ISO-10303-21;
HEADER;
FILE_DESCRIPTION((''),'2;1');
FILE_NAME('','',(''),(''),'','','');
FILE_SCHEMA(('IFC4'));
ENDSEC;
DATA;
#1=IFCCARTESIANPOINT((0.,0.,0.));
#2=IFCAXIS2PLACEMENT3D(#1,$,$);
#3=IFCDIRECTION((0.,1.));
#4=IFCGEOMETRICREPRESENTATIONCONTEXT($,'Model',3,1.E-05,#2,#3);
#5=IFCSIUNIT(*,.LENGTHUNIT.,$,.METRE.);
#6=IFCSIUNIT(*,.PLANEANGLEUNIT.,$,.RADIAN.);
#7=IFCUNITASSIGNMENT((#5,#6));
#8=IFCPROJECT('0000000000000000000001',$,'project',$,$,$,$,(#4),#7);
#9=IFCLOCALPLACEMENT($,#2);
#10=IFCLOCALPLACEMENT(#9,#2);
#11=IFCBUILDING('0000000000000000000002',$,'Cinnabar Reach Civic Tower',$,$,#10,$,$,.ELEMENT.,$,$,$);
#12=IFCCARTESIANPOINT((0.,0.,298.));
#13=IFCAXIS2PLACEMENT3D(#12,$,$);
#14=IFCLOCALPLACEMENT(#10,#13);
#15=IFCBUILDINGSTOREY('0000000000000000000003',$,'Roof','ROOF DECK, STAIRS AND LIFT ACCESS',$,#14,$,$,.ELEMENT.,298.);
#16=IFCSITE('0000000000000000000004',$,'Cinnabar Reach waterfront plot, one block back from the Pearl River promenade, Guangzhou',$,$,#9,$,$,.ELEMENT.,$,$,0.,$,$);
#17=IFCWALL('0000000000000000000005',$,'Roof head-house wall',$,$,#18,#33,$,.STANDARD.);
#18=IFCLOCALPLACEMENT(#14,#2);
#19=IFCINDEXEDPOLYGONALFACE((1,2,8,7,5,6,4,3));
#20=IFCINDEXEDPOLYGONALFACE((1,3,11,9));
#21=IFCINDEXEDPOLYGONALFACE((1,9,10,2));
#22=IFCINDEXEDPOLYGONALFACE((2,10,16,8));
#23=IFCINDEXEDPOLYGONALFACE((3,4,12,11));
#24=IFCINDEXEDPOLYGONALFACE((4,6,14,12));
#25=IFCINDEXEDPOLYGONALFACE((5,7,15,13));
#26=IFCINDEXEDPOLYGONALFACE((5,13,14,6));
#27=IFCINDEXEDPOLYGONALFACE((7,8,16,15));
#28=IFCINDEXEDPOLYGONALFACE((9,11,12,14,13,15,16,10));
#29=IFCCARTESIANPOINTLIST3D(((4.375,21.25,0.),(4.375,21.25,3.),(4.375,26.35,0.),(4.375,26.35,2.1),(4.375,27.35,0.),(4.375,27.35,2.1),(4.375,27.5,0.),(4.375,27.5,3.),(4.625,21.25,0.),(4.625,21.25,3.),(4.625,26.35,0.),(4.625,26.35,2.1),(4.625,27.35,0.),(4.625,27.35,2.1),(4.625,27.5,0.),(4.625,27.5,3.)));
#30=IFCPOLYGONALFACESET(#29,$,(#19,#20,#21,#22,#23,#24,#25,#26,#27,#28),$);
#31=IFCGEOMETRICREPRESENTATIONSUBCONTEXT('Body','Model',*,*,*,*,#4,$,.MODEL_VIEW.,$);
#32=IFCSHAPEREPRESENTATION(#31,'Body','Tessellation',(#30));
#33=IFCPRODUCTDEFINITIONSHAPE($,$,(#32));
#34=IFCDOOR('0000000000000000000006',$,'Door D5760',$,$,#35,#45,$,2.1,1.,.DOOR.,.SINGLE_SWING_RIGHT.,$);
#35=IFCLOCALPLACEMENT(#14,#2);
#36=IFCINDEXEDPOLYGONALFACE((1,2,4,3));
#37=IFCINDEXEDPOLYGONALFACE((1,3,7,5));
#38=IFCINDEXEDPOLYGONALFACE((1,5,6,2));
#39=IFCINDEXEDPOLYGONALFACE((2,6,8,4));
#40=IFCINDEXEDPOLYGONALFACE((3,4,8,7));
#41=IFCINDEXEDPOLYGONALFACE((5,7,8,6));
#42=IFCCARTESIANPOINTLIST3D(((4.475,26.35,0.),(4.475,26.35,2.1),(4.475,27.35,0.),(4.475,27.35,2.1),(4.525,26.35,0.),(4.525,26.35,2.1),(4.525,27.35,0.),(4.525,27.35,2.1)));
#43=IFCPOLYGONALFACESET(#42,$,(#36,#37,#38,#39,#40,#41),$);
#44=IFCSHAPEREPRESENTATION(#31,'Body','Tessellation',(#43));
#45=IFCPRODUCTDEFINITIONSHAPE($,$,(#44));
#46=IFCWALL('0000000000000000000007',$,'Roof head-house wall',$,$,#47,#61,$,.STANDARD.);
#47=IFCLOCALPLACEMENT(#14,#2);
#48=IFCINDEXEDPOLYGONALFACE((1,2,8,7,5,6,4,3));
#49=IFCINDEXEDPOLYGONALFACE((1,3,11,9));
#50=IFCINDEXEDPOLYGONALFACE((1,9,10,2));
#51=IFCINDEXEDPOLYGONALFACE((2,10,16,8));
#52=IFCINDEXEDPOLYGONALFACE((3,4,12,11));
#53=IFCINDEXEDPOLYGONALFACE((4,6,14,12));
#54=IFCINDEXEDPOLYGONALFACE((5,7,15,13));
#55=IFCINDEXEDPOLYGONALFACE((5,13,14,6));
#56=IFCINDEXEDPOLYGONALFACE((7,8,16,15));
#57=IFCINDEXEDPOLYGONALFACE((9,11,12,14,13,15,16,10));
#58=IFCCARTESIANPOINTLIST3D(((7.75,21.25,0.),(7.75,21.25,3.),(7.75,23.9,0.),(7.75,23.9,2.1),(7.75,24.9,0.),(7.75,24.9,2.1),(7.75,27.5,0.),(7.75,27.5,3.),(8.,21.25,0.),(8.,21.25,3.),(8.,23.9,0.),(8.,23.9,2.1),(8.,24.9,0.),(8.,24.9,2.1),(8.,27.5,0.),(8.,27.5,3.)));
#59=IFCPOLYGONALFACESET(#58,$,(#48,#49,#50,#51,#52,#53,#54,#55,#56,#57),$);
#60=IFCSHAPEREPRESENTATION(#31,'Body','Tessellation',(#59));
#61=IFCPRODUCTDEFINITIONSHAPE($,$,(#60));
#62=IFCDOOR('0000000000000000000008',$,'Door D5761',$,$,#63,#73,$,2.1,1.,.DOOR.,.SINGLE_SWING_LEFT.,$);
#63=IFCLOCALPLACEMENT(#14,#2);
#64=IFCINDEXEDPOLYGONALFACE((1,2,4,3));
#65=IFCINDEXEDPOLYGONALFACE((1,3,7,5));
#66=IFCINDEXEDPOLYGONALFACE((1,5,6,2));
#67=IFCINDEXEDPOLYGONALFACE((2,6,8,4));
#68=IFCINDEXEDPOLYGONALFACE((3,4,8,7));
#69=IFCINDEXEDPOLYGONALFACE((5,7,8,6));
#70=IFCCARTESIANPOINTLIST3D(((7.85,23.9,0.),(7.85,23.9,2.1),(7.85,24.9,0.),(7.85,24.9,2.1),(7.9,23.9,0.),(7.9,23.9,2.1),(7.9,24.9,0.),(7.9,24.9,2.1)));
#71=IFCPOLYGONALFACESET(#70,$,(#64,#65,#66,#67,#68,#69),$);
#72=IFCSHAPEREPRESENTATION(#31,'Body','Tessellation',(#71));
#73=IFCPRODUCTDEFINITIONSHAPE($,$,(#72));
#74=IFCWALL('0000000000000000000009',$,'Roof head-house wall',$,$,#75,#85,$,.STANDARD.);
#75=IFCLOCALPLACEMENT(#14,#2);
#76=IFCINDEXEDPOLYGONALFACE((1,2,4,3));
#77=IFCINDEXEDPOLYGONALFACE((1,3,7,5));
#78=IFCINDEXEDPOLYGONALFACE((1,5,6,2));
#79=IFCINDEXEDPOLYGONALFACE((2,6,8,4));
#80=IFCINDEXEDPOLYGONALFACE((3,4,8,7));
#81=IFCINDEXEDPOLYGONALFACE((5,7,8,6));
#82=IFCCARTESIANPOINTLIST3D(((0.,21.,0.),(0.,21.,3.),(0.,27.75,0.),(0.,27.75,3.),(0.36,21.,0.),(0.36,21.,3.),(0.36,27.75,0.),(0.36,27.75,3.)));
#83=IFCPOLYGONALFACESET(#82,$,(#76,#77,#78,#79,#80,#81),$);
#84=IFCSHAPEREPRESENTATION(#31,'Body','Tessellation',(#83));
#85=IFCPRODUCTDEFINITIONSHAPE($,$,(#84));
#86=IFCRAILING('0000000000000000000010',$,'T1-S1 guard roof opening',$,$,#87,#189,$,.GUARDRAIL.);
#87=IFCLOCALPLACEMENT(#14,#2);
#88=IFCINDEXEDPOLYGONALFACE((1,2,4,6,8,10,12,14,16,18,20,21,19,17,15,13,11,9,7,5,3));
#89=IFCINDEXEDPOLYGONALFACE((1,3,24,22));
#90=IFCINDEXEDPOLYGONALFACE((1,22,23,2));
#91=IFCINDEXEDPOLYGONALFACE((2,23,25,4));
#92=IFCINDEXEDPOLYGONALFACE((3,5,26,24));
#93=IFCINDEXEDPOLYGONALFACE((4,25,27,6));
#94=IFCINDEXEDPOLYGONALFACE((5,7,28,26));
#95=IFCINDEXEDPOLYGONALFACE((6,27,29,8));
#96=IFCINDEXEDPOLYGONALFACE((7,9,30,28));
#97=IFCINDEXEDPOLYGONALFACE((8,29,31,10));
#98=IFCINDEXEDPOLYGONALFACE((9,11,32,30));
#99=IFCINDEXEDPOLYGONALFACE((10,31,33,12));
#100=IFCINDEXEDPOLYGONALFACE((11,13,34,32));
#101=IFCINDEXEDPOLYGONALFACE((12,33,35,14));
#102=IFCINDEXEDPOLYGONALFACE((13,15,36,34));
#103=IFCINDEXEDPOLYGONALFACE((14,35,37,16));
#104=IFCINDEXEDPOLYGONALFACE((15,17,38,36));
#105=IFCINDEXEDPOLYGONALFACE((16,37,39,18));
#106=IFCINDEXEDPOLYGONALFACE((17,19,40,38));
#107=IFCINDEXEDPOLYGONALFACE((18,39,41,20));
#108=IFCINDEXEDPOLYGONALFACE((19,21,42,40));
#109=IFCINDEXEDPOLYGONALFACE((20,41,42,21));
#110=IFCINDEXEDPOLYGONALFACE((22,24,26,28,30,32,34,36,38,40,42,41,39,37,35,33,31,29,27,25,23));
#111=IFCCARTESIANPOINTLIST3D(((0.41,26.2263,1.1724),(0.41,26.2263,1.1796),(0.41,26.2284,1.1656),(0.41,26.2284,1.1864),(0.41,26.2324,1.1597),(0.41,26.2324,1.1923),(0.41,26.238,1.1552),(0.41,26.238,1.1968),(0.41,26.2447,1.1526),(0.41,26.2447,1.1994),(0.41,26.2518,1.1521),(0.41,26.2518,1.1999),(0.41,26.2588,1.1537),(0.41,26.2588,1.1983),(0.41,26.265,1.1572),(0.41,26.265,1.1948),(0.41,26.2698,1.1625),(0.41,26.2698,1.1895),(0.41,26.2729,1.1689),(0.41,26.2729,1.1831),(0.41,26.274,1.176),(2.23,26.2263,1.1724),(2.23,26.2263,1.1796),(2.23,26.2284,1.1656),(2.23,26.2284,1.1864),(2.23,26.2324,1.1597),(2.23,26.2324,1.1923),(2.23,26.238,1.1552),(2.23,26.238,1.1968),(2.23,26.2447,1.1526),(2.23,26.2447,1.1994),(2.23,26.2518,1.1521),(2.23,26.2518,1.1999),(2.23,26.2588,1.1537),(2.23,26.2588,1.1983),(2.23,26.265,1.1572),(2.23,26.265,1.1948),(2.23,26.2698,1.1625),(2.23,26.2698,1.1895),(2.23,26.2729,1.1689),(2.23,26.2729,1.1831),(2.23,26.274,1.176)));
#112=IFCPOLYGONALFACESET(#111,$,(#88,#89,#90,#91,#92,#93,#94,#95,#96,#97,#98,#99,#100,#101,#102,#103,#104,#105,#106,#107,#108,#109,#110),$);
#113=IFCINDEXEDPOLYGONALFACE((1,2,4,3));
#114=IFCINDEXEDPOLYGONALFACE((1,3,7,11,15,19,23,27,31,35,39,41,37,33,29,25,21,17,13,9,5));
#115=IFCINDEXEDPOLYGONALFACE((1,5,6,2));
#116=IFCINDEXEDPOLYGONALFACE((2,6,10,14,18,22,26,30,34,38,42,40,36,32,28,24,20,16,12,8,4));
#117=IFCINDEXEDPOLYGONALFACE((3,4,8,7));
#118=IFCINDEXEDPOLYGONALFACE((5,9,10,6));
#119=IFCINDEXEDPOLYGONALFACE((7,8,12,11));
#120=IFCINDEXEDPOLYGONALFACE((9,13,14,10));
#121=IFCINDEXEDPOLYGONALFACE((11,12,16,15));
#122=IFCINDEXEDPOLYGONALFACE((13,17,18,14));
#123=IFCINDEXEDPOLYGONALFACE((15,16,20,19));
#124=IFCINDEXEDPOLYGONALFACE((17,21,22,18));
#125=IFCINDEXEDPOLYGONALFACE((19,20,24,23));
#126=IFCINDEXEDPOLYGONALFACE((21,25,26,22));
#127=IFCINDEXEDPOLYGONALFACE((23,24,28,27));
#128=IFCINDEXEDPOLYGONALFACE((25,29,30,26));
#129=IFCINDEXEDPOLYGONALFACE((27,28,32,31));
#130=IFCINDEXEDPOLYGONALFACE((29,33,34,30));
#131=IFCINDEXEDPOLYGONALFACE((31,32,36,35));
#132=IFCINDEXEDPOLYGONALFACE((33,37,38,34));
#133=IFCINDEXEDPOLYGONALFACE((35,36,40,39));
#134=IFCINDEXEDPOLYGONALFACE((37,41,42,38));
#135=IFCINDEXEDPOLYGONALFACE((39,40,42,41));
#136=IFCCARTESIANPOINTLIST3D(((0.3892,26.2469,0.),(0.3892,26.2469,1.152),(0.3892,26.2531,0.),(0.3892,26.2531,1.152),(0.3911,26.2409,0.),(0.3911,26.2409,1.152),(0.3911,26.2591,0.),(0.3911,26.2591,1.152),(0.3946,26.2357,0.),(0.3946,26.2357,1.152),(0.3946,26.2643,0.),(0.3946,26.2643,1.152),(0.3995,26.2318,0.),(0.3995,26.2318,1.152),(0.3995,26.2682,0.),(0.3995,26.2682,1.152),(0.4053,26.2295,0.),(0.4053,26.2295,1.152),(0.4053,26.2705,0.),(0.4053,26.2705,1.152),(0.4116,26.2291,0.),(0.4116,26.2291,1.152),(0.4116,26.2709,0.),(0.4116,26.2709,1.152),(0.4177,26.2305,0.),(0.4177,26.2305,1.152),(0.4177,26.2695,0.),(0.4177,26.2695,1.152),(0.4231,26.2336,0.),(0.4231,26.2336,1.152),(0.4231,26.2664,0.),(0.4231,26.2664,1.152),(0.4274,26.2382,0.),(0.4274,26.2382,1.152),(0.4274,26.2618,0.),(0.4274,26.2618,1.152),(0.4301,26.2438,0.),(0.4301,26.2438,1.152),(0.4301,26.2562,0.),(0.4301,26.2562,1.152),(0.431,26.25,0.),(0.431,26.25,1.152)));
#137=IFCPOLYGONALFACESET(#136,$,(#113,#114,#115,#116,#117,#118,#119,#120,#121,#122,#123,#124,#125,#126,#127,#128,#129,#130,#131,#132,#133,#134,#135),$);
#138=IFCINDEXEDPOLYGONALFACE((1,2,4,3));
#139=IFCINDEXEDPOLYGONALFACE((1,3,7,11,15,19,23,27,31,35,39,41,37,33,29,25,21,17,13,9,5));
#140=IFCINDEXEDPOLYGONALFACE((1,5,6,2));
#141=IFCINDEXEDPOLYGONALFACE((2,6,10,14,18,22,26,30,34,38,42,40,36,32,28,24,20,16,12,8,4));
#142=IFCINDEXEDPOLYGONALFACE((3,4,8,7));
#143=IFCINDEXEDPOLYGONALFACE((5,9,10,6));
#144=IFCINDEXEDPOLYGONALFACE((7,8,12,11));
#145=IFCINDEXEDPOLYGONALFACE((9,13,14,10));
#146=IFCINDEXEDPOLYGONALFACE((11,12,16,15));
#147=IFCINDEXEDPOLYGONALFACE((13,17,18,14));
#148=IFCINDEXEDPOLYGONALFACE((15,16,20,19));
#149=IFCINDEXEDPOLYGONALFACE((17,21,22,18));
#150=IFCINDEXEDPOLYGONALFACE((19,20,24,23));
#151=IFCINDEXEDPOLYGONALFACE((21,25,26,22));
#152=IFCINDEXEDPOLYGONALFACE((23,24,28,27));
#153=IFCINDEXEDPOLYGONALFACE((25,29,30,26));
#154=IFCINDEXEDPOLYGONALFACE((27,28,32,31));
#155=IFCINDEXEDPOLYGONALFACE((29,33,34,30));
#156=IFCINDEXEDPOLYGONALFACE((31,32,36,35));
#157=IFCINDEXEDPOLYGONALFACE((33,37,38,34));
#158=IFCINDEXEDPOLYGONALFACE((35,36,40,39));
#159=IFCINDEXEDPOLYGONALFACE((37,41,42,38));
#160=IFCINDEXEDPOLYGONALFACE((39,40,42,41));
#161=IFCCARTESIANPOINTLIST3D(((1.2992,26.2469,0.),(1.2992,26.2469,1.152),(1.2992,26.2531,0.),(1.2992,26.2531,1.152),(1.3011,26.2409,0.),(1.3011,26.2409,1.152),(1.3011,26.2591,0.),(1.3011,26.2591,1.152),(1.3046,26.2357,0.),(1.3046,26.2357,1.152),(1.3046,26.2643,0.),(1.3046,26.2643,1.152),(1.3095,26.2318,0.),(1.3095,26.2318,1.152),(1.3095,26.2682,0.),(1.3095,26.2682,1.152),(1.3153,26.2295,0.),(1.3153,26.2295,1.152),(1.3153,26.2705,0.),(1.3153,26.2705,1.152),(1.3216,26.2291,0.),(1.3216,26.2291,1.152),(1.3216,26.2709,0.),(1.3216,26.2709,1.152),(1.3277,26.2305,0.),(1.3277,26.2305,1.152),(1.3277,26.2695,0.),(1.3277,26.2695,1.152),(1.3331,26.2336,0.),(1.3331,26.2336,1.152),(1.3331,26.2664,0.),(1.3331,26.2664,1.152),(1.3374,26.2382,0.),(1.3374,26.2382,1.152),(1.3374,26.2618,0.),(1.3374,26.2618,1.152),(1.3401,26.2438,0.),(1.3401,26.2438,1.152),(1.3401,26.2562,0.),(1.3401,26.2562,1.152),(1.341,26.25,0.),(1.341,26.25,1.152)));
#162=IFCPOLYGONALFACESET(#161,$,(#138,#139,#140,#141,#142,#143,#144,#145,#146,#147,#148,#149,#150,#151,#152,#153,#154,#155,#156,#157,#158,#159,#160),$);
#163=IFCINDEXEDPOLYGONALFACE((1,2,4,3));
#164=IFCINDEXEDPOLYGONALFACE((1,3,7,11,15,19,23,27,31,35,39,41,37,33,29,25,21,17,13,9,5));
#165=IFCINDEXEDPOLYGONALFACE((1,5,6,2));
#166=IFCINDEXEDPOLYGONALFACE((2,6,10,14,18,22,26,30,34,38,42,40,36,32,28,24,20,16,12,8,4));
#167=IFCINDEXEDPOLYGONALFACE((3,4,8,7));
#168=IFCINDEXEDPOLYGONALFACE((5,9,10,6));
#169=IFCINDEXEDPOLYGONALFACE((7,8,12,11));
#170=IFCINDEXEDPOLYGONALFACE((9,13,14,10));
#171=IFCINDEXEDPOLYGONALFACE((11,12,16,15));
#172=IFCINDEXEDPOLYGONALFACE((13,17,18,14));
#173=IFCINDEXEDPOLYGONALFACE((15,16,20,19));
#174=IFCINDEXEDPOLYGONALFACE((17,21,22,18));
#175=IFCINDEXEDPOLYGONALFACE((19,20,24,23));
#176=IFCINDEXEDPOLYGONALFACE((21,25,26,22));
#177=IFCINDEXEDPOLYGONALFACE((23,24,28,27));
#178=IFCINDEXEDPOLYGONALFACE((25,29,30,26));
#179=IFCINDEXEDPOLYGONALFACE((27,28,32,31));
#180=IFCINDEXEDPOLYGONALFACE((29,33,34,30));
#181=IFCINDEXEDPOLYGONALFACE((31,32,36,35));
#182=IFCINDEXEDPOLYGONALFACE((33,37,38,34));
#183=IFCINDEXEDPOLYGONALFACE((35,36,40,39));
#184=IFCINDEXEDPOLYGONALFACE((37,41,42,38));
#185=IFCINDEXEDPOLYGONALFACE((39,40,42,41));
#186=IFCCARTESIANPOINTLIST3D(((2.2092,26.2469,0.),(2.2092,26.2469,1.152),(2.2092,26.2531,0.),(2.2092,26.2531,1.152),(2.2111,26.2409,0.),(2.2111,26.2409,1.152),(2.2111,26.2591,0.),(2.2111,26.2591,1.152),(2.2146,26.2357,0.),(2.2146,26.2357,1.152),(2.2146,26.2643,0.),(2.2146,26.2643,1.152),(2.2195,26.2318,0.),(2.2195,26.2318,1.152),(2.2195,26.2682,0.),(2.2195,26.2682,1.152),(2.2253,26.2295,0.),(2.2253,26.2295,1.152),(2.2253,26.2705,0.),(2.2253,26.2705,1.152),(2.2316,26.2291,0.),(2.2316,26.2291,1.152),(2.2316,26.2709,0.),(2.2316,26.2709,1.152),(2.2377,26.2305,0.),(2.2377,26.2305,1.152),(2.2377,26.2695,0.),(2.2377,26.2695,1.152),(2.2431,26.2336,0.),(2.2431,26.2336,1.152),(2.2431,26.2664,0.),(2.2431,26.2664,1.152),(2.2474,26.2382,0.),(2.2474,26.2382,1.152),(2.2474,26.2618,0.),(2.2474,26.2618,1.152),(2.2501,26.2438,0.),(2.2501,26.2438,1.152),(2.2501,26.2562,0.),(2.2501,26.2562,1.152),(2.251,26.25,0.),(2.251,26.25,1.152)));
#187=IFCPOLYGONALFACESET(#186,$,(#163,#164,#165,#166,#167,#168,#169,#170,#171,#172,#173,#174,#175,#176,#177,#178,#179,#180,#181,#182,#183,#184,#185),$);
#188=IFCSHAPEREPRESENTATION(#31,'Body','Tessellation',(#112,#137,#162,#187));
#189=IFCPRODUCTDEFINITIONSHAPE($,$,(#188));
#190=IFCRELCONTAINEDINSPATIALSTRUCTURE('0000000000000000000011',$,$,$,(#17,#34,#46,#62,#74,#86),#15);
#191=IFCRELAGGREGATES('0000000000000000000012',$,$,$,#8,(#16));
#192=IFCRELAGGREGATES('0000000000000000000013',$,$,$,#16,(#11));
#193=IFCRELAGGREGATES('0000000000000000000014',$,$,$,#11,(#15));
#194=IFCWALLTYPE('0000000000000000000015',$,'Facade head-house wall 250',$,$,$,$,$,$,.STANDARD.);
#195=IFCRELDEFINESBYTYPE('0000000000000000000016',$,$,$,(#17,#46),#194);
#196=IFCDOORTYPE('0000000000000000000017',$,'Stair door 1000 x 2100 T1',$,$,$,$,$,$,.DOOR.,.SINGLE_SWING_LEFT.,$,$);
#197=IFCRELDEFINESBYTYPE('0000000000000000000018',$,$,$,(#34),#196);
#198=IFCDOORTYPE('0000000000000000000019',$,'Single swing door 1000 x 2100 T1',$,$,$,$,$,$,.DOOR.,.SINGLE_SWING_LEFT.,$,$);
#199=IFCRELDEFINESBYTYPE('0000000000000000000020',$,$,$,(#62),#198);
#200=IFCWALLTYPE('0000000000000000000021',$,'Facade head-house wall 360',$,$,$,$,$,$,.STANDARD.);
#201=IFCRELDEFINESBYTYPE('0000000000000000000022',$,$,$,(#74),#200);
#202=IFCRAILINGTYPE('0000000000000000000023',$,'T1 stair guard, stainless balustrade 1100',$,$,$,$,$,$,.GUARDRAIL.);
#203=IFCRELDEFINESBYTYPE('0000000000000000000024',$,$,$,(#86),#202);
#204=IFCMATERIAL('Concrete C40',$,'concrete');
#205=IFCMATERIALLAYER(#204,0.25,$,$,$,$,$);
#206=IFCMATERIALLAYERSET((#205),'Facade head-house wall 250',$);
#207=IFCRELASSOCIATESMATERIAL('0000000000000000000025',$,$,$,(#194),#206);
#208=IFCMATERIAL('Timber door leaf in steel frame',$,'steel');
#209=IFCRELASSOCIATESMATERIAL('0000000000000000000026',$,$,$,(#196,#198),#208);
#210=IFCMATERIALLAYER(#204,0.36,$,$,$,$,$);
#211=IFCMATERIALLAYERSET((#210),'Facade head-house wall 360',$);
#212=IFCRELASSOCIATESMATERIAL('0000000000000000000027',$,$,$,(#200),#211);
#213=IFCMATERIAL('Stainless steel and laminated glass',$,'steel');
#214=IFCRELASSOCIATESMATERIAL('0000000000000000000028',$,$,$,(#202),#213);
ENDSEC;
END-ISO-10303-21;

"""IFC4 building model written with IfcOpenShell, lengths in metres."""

from ifc_helpers import new_model, si_unit, direction, frame, frame_2d, origin, origin_2d, place, context, subcontext, project, spatial, rectangle, circle, extrude, material, layer, layer_set, type_object, element, fill, save


model = new_model("IFC4")

# Units and contexts
model_context = context("Model", 3, precision=1e-05, world=origin(), true_north=direction((0.0, 1.0)))
body_context = subcontext(model_context, "Body", "Model", "MODEL_VIEW")
ifc_project = project(units=[si_unit("LENGTHUNIT", "METRE"), si_unit("PLANEANGLEUNIT", "RADIAN")], contexts=[model_context])

# Site, building, storey
site_placement = place(None, origin())
site = spatial("IfcSite", under=ifc_project, at=site_placement, Name="Cinnabar Reach waterfront plot, one block back from the Pearl River promenade, Guangzhou", CompositionType="ELEMENT", RefElevation=0.0)
building_placement = place(site_placement, origin())
building = spatial("IfcBuilding", under=site, at=building_placement, Name="Cinnabar Reach Civic Tower", CompositionType="ELEMENT")
storey_placement = place(building_placement, frame((0.0, 0.0, 298.0)))
storey = spatial("IfcBuildingStorey", under=building, at=storey_placement, Name="Roof", Description="ROOF DECK, STAIRS AND LIFT ACCESS", CompositionType="ELEMENT", Elevation=298.0)

# Shared definitions
ifc_material_1 = material(Name="Concrete C40", Category="concrete")

# Shared definitions
ifc_layer_1 = layer(ifc_material_1, 0.25)
ifc_layer_set_1 = layer_set([ifc_layer_1], Name="Facade head-house wall 250")
wall_type_1 = type_object("IfcWallType", Name="Facade head-house wall 250", PredefinedType="STANDARD", material=ifc_layer_set_1)

# Walls, openings, doors
wall_1_placement = place(storey_placement, frame((4.5, 21.25, 0.0), z_axis=(0.0, 0.0, 1.0), x_axis=(0.0, 1.0, 0.0)))
wall_1 = element("IfcWall", 1, at=wall_1_placement, inside=storey, type_object=wall_type_1, Name="Roof head-house wall", PredefinedType="STANDARD", context=body_context, shape_type="SweptSolid", body=[
    extrude(rectangle(XDim=6.25, YDim=0.25, at=frame_2d((3.125, 0.0))), origin(), (0.0, 0.0, 1.0), 3.0),
])
opening_1_placement = place(wall_1_placement, frame((5.1, 0.0, 0.0)))
opening_1 = element("IfcOpeningElement", 2, at=opening_1_placement, cuts=wall_1, PredefinedType="OPENING", context=body_context, shape_type="SweptSolid", body=[
    extrude(rectangle(XDim=1.0, YDim=2.1, at=frame_2d((0.5, 1.05))), frame((0.0, 0.135, 0.0), z_axis=(0.0, -1.0, 0.0), x_axis=(1.0, 0.0, 0.0)), (0.0, 0.0, 1.0), 0.27),
])
ifc_material_2 = material(Name="Timber door leaf in steel frame", Category="steel")
door_type_1 = type_object("IfcDoorType", Name="Stair door 1000 x 2100 T1", OperationType="SINGLE_SWING_LEFT", PredefinedType="DOOR", material=ifc_material_2)
door_1_placement = place(opening_1_placement, origin())
door_1 = element("IfcDoor", 3, at=door_1_placement, inside=storey, type_object=door_type_1, Name="Door D5760", OperationType="SINGLE_SWING_RIGHT", OverallHeight=2.1, OverallWidth=1.0, PredefinedType="DOOR", context=body_context, shape_type="SweptSolid", body=[
    extrude(rectangle(XDim=1.0, YDim=2.1, at=frame_2d((0.5, 1.05))), frame((0.0, 0.025, 0.0), z_axis=(0.0, -1.0, 0.0), x_axis=(1.0, 0.0, 0.0)), (0.0, 0.0, 1.0), 0.05),
])
fill(opening_1, door_1)
wall_2_placement = place(storey_placement, frame((7.875, 21.25, 0.0), z_axis=(0.0, 0.0, 1.0), x_axis=(0.0, 1.0, 0.0)))
wall_2 = element("IfcWall", 4, at=wall_2_placement, inside=storey, type_object=wall_type_1, Name="Roof head-house wall", PredefinedType="STANDARD", context=body_context, shape_type="SweptSolid", body=[
    extrude(rectangle(XDim=6.25, YDim=0.25, at=frame_2d((3.125, 0.0))), origin(), (0.0, 0.0, 1.0), 3.0),
])
opening_2_placement = place(wall_2_placement, frame((2.65, 0.0, 0.0)))
opening_2 = element("IfcOpeningElement", 5, at=opening_2_placement, cuts=wall_2, PredefinedType="OPENING", context=body_context, shape_type="SweptSolid", body=[
    extrude(rectangle(XDim=1.0, YDim=2.1, at=frame_2d((0.5, 1.05))), frame((0.0, 0.135, 0.0), z_axis=(0.0, -1.0, 0.0), x_axis=(1.0, 0.0, 0.0)), (0.0, 0.0, 1.0), 0.27),
])
door_type_2 = type_object("IfcDoorType", Name="Single swing door 1000 x 2100 T1", OperationType="SINGLE_SWING_LEFT", PredefinedType="DOOR", material=ifc_material_2)
door_2_placement = place(opening_2_placement, frame((1.0, 0.0, 0.0), z_axis=(0.0, 0.0, 1.0), x_axis=(-1.0, 0.0, 0.0)))
door_2 = element("IfcDoor", 6, at=door_2_placement, inside=storey, type_object=door_type_2, Name="Door D5761", OperationType="SINGLE_SWING_LEFT", OverallHeight=2.1, OverallWidth=1.0, PredefinedType="DOOR", context=body_context, shape_type="SweptSolid", body=[
    extrude(rectangle(XDim=1.0, YDim=2.1, at=frame_2d((0.5, 1.05))), frame((0.0, 0.025, 0.0), z_axis=(0.0, -1.0, 0.0), x_axis=(1.0, 0.0, 0.0)), (0.0, 0.0, 1.0), 0.05),
])
fill(opening_2, door_2)

# Wall
ifc_layer_2 = layer(ifc_material_1, 0.36)
ifc_layer_set_2 = layer_set([ifc_layer_2], Name="Facade head-house wall 360")
wall_type_2 = type_object("IfcWallType", Name="Facade head-house wall 360", PredefinedType="STANDARD", material=ifc_layer_set_2)
wall_3_placement = place(storey_placement, frame((0.18, 21.0, 0.0), z_axis=(0.0, 0.0, 1.0), x_axis=(0.0, 1.0, 0.0)))
element("IfcWall", 7, at=wall_3_placement, inside=storey, type_object=wall_type_2, Name="Roof head-house wall", PredefinedType="STANDARD", context=body_context, shape_type="SweptSolid", body=[
    extrude(rectangle(XDim=6.75, YDim=0.36, at=frame_2d((3.375, 0.0))), origin(), (0.0, 0.0, 1.0), 3.0),
])

# Railing
ifc_material_3 = material(Name="Stainless steel and laminated glass", Category="steel")
railing_type = type_object("IfcRailingType", Name="T1 stair guard, stainless balustrade 1100", PredefinedType="GUARDRAIL", material=ifc_material_3)
railing_placement = place(storey_placement, frame((0.41, 26.25, 0.0)))
element("IfcRailing", 8, at=railing_placement, inside=storey, type_object=railing_type, Name="T1-S1 guard roof opening", PredefinedType="GUARDRAIL", context=body_context, shape_type="SweptSolid", body=[
    extrude(circle(Radius=0.024, at=origin_2d()), frame((0.0, 0.0, 1.176), z_axis=(1.0, 0.0, 0.0), x_axis=(0.0, 1.0, 0.0)), (0.0, 0.0, 1.0), 1.82),
    extrude(circle(Radius=0.021, at=origin_2d()), origin(), (0.0, 0.0, 1.0), 1.152),
    extrude(circle(Radius=0.021, at=origin_2d()), frame((0.91, 0.0, 0.0)), (0.0, 0.0, 1.0), 1.152),
    extrude(circle(Radius=0.021, at=origin_2d()), frame((1.82, 0.0, 0.0)), (0.0, 0.0, 1.0), 1.152),
])

save(model, "model.ifc")
